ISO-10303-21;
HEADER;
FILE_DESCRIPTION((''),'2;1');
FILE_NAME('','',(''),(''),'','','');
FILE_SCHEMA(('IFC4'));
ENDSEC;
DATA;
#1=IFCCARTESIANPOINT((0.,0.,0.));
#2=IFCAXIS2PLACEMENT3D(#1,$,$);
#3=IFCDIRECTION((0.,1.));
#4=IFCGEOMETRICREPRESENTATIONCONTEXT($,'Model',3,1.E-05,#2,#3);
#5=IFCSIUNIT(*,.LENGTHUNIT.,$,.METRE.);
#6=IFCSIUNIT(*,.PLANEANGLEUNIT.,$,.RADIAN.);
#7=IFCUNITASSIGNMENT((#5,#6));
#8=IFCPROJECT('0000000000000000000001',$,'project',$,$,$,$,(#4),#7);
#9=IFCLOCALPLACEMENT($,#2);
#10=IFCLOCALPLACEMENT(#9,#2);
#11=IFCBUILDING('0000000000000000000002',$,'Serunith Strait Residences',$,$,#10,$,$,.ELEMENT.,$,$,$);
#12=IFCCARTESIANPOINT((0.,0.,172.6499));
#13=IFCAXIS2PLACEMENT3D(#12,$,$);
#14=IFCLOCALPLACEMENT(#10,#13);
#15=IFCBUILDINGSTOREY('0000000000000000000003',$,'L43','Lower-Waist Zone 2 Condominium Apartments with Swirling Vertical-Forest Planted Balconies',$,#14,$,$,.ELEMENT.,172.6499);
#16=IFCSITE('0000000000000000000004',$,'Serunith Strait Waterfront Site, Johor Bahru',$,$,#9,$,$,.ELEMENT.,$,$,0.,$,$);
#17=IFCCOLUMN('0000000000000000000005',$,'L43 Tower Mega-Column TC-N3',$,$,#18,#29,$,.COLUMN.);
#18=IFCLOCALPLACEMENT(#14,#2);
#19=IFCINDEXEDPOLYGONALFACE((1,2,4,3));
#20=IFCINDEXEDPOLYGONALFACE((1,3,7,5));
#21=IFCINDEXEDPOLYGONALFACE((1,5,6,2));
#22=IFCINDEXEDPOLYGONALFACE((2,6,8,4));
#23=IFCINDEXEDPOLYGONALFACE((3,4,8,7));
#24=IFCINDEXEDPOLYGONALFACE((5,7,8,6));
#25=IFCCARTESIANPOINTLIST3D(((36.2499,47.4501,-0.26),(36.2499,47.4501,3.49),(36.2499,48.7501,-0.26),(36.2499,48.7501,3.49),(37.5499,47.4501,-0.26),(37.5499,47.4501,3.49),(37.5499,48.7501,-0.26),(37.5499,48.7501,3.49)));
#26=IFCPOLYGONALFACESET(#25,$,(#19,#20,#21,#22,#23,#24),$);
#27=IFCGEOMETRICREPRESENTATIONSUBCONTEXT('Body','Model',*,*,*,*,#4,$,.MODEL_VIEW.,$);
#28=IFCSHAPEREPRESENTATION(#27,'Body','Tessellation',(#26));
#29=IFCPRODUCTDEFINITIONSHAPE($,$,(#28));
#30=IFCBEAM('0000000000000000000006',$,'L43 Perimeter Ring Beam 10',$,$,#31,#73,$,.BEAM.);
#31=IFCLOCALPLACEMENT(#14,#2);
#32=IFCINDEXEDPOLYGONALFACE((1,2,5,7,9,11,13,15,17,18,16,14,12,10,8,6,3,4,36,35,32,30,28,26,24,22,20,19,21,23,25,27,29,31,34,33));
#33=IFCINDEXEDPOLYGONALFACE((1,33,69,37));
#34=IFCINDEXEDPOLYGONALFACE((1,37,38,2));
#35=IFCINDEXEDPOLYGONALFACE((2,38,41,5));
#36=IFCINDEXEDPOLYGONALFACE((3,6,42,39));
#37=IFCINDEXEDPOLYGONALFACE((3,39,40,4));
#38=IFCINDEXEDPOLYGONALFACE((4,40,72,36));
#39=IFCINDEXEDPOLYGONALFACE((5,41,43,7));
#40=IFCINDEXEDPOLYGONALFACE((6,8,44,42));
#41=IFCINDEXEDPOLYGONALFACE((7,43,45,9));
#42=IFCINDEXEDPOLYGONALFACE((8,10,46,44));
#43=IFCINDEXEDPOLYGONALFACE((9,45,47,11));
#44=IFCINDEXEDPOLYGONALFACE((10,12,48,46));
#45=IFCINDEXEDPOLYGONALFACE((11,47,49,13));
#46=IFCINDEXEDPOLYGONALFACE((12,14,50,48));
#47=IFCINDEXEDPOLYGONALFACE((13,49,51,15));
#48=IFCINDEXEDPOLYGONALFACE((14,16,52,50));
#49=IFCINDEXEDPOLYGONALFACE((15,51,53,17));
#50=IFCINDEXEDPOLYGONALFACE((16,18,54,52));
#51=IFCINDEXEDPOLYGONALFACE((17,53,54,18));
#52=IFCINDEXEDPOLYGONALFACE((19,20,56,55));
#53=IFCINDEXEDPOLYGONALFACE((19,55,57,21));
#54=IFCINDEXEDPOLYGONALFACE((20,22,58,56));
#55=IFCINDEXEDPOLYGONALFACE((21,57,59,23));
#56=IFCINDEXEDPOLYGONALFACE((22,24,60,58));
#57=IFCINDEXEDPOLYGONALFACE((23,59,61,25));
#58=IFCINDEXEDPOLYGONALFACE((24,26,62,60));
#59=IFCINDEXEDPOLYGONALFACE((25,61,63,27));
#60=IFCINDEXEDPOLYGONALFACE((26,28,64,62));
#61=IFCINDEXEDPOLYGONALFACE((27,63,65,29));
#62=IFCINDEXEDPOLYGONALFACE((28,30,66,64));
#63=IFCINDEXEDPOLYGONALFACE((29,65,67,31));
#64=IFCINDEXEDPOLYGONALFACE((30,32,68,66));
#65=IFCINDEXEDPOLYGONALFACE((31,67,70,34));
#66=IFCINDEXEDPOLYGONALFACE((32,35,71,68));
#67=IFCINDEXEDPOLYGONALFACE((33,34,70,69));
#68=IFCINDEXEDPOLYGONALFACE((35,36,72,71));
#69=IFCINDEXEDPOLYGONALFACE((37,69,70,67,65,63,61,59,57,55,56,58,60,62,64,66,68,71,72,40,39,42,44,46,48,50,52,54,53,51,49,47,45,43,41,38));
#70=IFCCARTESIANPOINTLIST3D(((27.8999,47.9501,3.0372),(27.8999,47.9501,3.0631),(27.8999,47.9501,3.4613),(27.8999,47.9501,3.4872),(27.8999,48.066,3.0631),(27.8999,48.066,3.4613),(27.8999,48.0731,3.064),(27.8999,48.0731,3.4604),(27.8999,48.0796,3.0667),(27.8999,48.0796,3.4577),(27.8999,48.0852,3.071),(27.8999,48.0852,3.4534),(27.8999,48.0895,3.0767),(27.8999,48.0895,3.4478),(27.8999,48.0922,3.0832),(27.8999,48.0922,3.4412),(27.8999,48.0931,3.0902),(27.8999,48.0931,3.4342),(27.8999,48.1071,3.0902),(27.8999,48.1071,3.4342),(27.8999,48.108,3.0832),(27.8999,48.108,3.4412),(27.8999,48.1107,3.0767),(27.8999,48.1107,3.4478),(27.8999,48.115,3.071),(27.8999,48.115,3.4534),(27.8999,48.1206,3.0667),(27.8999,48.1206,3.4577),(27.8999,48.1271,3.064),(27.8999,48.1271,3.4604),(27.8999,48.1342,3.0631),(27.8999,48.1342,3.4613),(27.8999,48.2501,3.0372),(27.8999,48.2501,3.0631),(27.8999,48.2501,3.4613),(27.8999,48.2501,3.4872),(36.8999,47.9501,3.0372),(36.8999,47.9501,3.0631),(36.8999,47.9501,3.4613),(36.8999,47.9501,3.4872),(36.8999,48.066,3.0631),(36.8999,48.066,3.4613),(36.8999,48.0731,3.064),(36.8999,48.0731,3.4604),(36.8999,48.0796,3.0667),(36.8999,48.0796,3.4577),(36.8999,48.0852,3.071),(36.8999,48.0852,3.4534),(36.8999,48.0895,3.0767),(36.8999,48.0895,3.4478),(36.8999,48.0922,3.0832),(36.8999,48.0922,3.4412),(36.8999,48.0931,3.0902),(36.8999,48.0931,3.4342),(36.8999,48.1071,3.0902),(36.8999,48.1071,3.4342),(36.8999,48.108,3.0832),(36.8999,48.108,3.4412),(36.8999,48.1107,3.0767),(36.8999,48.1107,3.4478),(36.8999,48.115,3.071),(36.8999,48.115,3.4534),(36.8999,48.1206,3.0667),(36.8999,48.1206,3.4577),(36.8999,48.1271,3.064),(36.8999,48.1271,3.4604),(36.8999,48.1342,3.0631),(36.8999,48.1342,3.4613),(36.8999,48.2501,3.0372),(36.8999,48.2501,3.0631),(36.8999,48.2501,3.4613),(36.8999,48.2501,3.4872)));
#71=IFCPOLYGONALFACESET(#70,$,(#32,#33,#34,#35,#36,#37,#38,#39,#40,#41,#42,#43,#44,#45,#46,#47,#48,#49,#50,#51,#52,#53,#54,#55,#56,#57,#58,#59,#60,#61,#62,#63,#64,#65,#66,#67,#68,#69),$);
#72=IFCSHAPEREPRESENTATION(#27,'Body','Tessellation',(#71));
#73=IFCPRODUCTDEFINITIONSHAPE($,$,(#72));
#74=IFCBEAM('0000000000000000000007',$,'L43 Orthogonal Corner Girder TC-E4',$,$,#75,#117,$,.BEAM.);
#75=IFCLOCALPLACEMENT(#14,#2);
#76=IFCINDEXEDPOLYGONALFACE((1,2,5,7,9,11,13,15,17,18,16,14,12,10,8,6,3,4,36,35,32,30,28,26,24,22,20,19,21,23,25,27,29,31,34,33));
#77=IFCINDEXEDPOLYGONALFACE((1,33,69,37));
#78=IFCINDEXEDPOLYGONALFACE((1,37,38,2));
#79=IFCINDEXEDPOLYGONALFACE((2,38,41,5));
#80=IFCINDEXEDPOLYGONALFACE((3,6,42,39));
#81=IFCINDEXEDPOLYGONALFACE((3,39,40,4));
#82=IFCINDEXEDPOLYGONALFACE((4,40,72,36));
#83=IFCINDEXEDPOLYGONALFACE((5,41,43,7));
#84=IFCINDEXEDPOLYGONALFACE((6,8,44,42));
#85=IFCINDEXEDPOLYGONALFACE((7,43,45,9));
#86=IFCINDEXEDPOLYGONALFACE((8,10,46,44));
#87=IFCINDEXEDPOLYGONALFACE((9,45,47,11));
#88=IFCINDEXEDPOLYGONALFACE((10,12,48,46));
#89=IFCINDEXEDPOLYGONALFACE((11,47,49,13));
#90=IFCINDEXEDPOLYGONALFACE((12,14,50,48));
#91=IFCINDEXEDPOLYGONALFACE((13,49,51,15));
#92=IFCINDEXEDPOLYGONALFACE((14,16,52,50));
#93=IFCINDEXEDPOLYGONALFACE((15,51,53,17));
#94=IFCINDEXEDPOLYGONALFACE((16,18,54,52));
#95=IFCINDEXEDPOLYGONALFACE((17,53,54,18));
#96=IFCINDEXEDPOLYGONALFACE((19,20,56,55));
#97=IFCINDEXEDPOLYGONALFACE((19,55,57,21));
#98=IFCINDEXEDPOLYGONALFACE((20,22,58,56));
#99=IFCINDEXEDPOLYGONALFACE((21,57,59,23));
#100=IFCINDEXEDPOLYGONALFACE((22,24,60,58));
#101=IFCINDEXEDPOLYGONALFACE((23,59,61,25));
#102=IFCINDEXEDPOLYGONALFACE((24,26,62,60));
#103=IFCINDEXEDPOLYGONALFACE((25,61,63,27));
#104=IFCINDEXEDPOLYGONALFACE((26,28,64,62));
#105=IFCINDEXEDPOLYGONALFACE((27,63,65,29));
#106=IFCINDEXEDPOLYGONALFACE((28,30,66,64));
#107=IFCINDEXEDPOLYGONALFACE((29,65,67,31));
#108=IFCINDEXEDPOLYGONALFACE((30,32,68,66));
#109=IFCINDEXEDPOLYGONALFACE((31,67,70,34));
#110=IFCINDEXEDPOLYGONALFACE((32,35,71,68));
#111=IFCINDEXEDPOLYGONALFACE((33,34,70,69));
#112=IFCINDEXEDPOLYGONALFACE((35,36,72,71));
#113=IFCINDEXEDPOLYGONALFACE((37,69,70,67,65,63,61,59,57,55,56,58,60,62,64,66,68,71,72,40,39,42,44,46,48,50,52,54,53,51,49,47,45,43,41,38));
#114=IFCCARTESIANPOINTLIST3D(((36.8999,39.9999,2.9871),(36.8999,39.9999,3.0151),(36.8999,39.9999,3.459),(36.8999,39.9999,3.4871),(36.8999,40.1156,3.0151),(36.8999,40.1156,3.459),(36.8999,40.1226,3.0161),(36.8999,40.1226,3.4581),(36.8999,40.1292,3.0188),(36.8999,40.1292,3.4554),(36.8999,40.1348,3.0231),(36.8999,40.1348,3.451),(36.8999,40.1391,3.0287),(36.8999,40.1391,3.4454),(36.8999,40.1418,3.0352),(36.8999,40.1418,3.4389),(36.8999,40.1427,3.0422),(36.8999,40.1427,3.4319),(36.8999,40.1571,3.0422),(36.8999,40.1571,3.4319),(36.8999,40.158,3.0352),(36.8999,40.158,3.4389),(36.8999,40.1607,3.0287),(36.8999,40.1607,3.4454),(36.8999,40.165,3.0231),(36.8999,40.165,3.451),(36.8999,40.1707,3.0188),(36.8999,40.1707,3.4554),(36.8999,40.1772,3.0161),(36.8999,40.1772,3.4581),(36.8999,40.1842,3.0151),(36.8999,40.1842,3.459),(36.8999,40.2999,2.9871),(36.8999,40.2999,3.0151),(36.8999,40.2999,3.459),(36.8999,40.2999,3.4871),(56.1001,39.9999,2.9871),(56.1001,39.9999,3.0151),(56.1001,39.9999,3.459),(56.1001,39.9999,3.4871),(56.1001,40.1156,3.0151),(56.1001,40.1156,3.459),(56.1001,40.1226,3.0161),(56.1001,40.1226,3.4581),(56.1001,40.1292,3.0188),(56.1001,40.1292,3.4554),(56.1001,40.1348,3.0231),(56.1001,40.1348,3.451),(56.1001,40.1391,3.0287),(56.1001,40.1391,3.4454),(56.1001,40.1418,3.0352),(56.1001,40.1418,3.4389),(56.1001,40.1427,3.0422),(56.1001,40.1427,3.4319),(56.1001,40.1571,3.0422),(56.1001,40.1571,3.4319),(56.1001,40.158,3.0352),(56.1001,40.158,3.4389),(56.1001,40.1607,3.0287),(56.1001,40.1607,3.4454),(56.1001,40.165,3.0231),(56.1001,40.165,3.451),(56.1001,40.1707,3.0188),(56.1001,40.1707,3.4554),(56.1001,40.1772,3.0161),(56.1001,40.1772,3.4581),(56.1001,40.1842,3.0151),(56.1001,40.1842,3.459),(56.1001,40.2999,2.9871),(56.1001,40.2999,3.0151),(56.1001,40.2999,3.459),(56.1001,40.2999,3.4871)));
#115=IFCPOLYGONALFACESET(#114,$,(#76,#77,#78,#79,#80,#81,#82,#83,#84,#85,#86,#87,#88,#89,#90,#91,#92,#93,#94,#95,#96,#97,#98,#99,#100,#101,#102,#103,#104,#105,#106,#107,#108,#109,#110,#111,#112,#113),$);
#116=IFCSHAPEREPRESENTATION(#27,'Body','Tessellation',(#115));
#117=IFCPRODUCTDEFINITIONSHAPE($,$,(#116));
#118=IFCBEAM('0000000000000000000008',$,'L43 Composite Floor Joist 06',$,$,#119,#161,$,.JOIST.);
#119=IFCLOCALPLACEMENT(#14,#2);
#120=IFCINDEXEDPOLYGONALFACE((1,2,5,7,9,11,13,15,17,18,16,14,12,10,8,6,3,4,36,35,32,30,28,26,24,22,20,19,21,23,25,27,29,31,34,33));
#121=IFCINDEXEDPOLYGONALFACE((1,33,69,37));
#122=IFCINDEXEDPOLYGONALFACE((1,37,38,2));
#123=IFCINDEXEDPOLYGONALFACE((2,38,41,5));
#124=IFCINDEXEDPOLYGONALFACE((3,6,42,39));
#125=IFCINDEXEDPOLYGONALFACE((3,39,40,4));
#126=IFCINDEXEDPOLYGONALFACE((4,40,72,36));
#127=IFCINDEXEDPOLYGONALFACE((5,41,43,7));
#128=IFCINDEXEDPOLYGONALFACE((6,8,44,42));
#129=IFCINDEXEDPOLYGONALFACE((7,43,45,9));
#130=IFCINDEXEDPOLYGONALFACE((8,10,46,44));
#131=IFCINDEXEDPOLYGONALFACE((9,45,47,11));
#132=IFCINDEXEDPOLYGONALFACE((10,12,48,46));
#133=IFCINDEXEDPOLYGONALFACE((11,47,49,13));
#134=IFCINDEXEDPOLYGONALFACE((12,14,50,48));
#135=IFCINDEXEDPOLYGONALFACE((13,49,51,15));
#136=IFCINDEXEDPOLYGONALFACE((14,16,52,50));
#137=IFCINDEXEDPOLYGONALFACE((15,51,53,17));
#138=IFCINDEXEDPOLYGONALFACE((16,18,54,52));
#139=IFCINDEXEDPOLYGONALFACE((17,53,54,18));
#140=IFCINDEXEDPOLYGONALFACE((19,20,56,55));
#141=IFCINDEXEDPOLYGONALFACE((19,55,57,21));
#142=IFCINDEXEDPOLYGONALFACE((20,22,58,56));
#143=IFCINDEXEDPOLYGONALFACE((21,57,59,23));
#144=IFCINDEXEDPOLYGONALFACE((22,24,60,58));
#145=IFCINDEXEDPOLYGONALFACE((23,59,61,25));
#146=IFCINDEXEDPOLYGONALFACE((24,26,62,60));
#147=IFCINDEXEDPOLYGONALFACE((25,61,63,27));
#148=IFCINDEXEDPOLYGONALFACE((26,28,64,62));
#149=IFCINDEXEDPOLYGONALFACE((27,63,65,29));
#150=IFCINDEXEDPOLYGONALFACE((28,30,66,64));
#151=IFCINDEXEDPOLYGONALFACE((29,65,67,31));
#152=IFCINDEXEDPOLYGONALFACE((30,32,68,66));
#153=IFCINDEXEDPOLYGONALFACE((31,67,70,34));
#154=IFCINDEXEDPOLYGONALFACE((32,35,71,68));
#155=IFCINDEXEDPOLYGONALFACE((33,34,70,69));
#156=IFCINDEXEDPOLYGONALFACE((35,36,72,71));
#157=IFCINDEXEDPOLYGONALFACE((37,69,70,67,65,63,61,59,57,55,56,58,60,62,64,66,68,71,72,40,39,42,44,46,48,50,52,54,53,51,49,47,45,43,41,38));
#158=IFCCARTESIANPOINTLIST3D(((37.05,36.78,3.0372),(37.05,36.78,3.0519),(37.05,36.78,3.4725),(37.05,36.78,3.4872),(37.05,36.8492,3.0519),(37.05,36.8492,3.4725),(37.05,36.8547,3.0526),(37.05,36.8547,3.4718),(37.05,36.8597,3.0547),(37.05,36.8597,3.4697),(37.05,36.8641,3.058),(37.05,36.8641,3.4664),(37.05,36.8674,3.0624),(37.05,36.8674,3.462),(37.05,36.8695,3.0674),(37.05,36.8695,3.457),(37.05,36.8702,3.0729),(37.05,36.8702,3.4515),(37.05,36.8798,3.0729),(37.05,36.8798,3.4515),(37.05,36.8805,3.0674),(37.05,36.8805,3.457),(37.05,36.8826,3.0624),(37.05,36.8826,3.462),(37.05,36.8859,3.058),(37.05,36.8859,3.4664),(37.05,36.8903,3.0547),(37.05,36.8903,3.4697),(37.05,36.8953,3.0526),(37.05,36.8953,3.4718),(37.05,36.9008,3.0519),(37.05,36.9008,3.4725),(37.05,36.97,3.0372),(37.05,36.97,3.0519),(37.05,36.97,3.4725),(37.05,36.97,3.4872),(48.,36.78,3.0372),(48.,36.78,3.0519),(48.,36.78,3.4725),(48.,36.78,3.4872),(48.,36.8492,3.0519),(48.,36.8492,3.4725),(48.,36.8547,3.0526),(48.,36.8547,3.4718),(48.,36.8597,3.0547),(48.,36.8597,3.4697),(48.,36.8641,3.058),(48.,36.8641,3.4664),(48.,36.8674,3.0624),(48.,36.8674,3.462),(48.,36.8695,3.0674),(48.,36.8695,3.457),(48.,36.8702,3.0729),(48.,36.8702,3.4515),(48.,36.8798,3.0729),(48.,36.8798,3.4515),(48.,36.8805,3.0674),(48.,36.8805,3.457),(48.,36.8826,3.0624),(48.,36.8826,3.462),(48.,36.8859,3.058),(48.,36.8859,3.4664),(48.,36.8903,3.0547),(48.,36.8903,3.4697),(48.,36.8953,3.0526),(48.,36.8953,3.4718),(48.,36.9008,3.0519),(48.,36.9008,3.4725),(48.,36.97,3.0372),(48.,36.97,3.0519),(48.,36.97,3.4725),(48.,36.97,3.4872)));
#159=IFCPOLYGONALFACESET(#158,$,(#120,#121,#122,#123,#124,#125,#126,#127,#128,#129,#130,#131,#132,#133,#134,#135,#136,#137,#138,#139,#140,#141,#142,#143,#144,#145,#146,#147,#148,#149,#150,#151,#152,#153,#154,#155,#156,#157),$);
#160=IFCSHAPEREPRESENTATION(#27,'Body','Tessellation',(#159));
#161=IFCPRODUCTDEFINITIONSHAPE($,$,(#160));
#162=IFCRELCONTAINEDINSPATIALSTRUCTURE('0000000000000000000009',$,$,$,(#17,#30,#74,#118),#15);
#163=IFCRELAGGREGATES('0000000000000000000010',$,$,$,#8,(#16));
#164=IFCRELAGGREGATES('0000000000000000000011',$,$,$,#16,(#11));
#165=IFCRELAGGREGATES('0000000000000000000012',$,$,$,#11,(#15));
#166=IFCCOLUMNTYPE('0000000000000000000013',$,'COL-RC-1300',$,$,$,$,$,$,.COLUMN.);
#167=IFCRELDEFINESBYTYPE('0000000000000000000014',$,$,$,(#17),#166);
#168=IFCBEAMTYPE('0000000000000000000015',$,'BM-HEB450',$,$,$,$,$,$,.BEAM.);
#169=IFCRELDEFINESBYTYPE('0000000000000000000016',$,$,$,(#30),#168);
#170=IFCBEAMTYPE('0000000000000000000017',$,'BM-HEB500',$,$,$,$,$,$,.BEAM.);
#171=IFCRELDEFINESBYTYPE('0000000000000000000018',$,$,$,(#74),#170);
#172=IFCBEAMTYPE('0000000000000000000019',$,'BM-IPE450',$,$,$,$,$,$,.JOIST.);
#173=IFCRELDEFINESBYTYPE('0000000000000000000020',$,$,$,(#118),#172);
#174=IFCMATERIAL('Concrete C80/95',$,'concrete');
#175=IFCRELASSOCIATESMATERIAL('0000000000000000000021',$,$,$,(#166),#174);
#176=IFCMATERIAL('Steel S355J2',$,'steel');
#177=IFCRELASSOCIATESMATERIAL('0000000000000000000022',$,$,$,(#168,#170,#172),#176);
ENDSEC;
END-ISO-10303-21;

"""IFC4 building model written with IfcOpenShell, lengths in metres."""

from ifc_helpers import new_model, si_unit, direction, frame, origin, origin_2d, place, context, subcontext, project, spatial, rectangle, i_section, extrude, source, transform, mapped, material, material_profile, profile_set, type_object, element, save


model = new_model("IFC4")

# Units and contexts
model_context = context("Model", 3, precision=1e-05, world=origin(), true_north=direction((0.0, 1.0)))
body_context = subcontext(model_context, "Body", "Model", "MODEL_VIEW")
ifc_project = project(units=[si_unit("LENGTHUNIT", "METRE"), si_unit("PLANEANGLEUNIT", "RADIAN")], contexts=[model_context])

# Site, building, storey
site_placement = place(None, origin())
site = spatial("IfcSite", under=ifc_project, at=site_placement, Name="Serunith Strait Waterfront Site, Johor Bahru", CompositionType="ELEMENT", RefElevation=0.0)
building_placement = place(site_placement, origin())
building = spatial("IfcBuilding", under=site, at=building_placement, Name="Serunith Strait Residences", CompositionType="ELEMENT")
storey_placement = place(building_placement, frame((0.0, 0.0, 172.6499)))
storey = spatial("IfcBuildingStorey", under=building, at=storey_placement, Name="L43", Description="Lower-Waist Zone 2 Condominium Apartments with Swirling Vertical-Forest Planted Balconies", CompositionType="ELEMENT", Elevation=172.6499)

# Column
ifc_material_1 = material(Name="Concrete C80/95", Category="concrete")
ifc_material_profile_1 = material_profile(ifc_material_1, rectangle(XDim=1.3, YDim=1.3, at=origin_2d()), Name="RC 1300x1300")
ifc_profile_set_1 = profile_set([ifc_material_profile_1], Name="Concrete C80/95")
column_type = type_object("IfcColumnType", Name="COL-RC-1300", PredefinedType="COLUMN", material=ifc_profile_set_1)
shared_shape_1 = source(origin(), body_context, "Body", "SweptSolid", [
    extrude(rectangle(XDim=1.3, YDim=1.3, at=origin_2d()), origin(), (0.0, 0.0, 1.0), 3.75),
])
column_placement = place(storey_placement, frame((36.8999, 48.1001, -0.26), z_axis=(0.0, 0.0, 1.0), x_axis=(1.0, 0.0, 0.0)))
element("IfcColumn", 1, at=column_placement, inside=storey, type_object=column_type, Name="L43 Tower Mega-Column TC-N3", PredefinedType="COLUMN", context=body_context, shape_type="MappedRepresentation", body=[
    mapped(shared_shape_1, transform((0.0, 0.0, 0.0), scale=1.0)),
])

# Beams
ifc_material_2 = material(Name="Steel S355J2", Category="steel")
ifc_material_profile_2 = material_profile(ifc_material_2, i_section(OverallWidth=0.3, OverallDepth=0.45, WebThickness=0.0139, FlangeThickness=0.0259, FilletRadius=0.0271, at=origin_2d()), Name="HEB 450")
ifc_profile_set_2 = profile_set([ifc_material_profile_2], Name="Steel S355J2")
beam_type_1 = type_object("IfcBeamType", Name="BM-HEB450", PredefinedType="BEAM", material=ifc_profile_set_2)
shared_shape_2 = source(origin(), body_context, "Body", "SweptSolid", [
    extrude(i_section(OverallWidth=0.3, OverallDepth=0.45, WebThickness=0.0139, FlangeThickness=0.0259, FilletRadius=0.0271, at=origin_2d()), origin(), (0.0, 0.0, 1.0), 9.0),
])
beam_1_placement = place(storey_placement, frame((36.8999, 48.1001, 3.2622), z_axis=(-1.0, 0.0, 0.0), x_axis=(0.0, -1.0, 0.0)))
element("IfcBeam", 2, at=beam_1_placement, inside=storey, type_object=beam_type_1, Name="L43 Perimeter Ring Beam 10", PredefinedType="BEAM", context=body_context, shape_type="MappedRepresentation", body=[
    mapped(shared_shape_2, transform((0.0, 0.0, 0.0), scale=1.0)),
])
ifc_material_profile_3 = material_profile(ifc_material_2, i_section(OverallWidth=0.3, OverallDepth=0.5, WebThickness=0.0144, FlangeThickness=0.0281, FilletRadius=0.0271, at=origin_2d()), Name="HEB 500")
ifc_profile_set_3 = profile_set([ifc_material_profile_3], Name="Steel S355J2")
beam_type_2 = type_object("IfcBeamType", Name="BM-HEB500", PredefinedType="BEAM", material=ifc_profile_set_3)
shared_shape_3 = source(origin(), body_context, "Body", "SweptSolid", [
    extrude(i_section(OverallWidth=0.3, OverallDepth=0.5, WebThickness=0.0144, FlangeThickness=0.0281, FilletRadius=0.0271, at=origin_2d()), origin(), (0.0, 0.0, 1.0), 19.2002),
])
beam_2_placement = place(storey_placement, frame((36.8999, 40.1499, 3.2371), z_axis=(1.0, 0.0, 0.0), x_axis=(0.0, 1.0, 0.0)))
element("IfcBeam", 3, at=beam_2_placement, inside=storey, type_object=beam_type_2, Name="L43 Orthogonal Corner Girder TC-E4", PredefinedType="BEAM", context=body_context, shape_type="MappedRepresentation", body=[
    mapped(shared_shape_3, transform((0.0, 0.0, 0.0), scale=1.0)),
])
ifc_material_profile_4 = material_profile(ifc_material_2, i_section(OverallWidth=0.1899, OverallDepth=0.45, WebThickness=0.0095, FlangeThickness=0.0146, FilletRadius=0.021, at=origin_2d()), Name="IPE 450")
ifc_profile_set_4 = profile_set([ifc_material_profile_4], Name="Steel S355J2")
beam_type_3 = type_object("IfcBeamType", Name="BM-IPE450", PredefinedType="JOIST", material=ifc_profile_set_4)
shared_shape_4 = source(origin(), body_context, "Body", "SweptSolid", [
    extrude(i_section(OverallWidth=0.1899, OverallDepth=0.45, WebThickness=0.0095, FlangeThickness=0.0146, FilletRadius=0.021, at=origin_2d()), origin(), (0.0, 0.0, 1.0), 10.95),
])
beam_3_placement = place(storey_placement, frame((37.05, 36.875, 3.2622), z_axis=(1.0, 0.0, 0.0), x_axis=(0.0, 1.0, 0.0)))
element("IfcBeam", 4, at=beam_3_placement, inside=storey, type_object=beam_type_3, Name="L43 Composite Floor Joist 06", PredefinedType="JOIST", context=body_context, shape_type="MappedRepresentation", body=[
    mapped(shared_shape_4, transform((0.0, 0.0, 0.0), scale=1.0)),
])

save(model, "model.ifc")
